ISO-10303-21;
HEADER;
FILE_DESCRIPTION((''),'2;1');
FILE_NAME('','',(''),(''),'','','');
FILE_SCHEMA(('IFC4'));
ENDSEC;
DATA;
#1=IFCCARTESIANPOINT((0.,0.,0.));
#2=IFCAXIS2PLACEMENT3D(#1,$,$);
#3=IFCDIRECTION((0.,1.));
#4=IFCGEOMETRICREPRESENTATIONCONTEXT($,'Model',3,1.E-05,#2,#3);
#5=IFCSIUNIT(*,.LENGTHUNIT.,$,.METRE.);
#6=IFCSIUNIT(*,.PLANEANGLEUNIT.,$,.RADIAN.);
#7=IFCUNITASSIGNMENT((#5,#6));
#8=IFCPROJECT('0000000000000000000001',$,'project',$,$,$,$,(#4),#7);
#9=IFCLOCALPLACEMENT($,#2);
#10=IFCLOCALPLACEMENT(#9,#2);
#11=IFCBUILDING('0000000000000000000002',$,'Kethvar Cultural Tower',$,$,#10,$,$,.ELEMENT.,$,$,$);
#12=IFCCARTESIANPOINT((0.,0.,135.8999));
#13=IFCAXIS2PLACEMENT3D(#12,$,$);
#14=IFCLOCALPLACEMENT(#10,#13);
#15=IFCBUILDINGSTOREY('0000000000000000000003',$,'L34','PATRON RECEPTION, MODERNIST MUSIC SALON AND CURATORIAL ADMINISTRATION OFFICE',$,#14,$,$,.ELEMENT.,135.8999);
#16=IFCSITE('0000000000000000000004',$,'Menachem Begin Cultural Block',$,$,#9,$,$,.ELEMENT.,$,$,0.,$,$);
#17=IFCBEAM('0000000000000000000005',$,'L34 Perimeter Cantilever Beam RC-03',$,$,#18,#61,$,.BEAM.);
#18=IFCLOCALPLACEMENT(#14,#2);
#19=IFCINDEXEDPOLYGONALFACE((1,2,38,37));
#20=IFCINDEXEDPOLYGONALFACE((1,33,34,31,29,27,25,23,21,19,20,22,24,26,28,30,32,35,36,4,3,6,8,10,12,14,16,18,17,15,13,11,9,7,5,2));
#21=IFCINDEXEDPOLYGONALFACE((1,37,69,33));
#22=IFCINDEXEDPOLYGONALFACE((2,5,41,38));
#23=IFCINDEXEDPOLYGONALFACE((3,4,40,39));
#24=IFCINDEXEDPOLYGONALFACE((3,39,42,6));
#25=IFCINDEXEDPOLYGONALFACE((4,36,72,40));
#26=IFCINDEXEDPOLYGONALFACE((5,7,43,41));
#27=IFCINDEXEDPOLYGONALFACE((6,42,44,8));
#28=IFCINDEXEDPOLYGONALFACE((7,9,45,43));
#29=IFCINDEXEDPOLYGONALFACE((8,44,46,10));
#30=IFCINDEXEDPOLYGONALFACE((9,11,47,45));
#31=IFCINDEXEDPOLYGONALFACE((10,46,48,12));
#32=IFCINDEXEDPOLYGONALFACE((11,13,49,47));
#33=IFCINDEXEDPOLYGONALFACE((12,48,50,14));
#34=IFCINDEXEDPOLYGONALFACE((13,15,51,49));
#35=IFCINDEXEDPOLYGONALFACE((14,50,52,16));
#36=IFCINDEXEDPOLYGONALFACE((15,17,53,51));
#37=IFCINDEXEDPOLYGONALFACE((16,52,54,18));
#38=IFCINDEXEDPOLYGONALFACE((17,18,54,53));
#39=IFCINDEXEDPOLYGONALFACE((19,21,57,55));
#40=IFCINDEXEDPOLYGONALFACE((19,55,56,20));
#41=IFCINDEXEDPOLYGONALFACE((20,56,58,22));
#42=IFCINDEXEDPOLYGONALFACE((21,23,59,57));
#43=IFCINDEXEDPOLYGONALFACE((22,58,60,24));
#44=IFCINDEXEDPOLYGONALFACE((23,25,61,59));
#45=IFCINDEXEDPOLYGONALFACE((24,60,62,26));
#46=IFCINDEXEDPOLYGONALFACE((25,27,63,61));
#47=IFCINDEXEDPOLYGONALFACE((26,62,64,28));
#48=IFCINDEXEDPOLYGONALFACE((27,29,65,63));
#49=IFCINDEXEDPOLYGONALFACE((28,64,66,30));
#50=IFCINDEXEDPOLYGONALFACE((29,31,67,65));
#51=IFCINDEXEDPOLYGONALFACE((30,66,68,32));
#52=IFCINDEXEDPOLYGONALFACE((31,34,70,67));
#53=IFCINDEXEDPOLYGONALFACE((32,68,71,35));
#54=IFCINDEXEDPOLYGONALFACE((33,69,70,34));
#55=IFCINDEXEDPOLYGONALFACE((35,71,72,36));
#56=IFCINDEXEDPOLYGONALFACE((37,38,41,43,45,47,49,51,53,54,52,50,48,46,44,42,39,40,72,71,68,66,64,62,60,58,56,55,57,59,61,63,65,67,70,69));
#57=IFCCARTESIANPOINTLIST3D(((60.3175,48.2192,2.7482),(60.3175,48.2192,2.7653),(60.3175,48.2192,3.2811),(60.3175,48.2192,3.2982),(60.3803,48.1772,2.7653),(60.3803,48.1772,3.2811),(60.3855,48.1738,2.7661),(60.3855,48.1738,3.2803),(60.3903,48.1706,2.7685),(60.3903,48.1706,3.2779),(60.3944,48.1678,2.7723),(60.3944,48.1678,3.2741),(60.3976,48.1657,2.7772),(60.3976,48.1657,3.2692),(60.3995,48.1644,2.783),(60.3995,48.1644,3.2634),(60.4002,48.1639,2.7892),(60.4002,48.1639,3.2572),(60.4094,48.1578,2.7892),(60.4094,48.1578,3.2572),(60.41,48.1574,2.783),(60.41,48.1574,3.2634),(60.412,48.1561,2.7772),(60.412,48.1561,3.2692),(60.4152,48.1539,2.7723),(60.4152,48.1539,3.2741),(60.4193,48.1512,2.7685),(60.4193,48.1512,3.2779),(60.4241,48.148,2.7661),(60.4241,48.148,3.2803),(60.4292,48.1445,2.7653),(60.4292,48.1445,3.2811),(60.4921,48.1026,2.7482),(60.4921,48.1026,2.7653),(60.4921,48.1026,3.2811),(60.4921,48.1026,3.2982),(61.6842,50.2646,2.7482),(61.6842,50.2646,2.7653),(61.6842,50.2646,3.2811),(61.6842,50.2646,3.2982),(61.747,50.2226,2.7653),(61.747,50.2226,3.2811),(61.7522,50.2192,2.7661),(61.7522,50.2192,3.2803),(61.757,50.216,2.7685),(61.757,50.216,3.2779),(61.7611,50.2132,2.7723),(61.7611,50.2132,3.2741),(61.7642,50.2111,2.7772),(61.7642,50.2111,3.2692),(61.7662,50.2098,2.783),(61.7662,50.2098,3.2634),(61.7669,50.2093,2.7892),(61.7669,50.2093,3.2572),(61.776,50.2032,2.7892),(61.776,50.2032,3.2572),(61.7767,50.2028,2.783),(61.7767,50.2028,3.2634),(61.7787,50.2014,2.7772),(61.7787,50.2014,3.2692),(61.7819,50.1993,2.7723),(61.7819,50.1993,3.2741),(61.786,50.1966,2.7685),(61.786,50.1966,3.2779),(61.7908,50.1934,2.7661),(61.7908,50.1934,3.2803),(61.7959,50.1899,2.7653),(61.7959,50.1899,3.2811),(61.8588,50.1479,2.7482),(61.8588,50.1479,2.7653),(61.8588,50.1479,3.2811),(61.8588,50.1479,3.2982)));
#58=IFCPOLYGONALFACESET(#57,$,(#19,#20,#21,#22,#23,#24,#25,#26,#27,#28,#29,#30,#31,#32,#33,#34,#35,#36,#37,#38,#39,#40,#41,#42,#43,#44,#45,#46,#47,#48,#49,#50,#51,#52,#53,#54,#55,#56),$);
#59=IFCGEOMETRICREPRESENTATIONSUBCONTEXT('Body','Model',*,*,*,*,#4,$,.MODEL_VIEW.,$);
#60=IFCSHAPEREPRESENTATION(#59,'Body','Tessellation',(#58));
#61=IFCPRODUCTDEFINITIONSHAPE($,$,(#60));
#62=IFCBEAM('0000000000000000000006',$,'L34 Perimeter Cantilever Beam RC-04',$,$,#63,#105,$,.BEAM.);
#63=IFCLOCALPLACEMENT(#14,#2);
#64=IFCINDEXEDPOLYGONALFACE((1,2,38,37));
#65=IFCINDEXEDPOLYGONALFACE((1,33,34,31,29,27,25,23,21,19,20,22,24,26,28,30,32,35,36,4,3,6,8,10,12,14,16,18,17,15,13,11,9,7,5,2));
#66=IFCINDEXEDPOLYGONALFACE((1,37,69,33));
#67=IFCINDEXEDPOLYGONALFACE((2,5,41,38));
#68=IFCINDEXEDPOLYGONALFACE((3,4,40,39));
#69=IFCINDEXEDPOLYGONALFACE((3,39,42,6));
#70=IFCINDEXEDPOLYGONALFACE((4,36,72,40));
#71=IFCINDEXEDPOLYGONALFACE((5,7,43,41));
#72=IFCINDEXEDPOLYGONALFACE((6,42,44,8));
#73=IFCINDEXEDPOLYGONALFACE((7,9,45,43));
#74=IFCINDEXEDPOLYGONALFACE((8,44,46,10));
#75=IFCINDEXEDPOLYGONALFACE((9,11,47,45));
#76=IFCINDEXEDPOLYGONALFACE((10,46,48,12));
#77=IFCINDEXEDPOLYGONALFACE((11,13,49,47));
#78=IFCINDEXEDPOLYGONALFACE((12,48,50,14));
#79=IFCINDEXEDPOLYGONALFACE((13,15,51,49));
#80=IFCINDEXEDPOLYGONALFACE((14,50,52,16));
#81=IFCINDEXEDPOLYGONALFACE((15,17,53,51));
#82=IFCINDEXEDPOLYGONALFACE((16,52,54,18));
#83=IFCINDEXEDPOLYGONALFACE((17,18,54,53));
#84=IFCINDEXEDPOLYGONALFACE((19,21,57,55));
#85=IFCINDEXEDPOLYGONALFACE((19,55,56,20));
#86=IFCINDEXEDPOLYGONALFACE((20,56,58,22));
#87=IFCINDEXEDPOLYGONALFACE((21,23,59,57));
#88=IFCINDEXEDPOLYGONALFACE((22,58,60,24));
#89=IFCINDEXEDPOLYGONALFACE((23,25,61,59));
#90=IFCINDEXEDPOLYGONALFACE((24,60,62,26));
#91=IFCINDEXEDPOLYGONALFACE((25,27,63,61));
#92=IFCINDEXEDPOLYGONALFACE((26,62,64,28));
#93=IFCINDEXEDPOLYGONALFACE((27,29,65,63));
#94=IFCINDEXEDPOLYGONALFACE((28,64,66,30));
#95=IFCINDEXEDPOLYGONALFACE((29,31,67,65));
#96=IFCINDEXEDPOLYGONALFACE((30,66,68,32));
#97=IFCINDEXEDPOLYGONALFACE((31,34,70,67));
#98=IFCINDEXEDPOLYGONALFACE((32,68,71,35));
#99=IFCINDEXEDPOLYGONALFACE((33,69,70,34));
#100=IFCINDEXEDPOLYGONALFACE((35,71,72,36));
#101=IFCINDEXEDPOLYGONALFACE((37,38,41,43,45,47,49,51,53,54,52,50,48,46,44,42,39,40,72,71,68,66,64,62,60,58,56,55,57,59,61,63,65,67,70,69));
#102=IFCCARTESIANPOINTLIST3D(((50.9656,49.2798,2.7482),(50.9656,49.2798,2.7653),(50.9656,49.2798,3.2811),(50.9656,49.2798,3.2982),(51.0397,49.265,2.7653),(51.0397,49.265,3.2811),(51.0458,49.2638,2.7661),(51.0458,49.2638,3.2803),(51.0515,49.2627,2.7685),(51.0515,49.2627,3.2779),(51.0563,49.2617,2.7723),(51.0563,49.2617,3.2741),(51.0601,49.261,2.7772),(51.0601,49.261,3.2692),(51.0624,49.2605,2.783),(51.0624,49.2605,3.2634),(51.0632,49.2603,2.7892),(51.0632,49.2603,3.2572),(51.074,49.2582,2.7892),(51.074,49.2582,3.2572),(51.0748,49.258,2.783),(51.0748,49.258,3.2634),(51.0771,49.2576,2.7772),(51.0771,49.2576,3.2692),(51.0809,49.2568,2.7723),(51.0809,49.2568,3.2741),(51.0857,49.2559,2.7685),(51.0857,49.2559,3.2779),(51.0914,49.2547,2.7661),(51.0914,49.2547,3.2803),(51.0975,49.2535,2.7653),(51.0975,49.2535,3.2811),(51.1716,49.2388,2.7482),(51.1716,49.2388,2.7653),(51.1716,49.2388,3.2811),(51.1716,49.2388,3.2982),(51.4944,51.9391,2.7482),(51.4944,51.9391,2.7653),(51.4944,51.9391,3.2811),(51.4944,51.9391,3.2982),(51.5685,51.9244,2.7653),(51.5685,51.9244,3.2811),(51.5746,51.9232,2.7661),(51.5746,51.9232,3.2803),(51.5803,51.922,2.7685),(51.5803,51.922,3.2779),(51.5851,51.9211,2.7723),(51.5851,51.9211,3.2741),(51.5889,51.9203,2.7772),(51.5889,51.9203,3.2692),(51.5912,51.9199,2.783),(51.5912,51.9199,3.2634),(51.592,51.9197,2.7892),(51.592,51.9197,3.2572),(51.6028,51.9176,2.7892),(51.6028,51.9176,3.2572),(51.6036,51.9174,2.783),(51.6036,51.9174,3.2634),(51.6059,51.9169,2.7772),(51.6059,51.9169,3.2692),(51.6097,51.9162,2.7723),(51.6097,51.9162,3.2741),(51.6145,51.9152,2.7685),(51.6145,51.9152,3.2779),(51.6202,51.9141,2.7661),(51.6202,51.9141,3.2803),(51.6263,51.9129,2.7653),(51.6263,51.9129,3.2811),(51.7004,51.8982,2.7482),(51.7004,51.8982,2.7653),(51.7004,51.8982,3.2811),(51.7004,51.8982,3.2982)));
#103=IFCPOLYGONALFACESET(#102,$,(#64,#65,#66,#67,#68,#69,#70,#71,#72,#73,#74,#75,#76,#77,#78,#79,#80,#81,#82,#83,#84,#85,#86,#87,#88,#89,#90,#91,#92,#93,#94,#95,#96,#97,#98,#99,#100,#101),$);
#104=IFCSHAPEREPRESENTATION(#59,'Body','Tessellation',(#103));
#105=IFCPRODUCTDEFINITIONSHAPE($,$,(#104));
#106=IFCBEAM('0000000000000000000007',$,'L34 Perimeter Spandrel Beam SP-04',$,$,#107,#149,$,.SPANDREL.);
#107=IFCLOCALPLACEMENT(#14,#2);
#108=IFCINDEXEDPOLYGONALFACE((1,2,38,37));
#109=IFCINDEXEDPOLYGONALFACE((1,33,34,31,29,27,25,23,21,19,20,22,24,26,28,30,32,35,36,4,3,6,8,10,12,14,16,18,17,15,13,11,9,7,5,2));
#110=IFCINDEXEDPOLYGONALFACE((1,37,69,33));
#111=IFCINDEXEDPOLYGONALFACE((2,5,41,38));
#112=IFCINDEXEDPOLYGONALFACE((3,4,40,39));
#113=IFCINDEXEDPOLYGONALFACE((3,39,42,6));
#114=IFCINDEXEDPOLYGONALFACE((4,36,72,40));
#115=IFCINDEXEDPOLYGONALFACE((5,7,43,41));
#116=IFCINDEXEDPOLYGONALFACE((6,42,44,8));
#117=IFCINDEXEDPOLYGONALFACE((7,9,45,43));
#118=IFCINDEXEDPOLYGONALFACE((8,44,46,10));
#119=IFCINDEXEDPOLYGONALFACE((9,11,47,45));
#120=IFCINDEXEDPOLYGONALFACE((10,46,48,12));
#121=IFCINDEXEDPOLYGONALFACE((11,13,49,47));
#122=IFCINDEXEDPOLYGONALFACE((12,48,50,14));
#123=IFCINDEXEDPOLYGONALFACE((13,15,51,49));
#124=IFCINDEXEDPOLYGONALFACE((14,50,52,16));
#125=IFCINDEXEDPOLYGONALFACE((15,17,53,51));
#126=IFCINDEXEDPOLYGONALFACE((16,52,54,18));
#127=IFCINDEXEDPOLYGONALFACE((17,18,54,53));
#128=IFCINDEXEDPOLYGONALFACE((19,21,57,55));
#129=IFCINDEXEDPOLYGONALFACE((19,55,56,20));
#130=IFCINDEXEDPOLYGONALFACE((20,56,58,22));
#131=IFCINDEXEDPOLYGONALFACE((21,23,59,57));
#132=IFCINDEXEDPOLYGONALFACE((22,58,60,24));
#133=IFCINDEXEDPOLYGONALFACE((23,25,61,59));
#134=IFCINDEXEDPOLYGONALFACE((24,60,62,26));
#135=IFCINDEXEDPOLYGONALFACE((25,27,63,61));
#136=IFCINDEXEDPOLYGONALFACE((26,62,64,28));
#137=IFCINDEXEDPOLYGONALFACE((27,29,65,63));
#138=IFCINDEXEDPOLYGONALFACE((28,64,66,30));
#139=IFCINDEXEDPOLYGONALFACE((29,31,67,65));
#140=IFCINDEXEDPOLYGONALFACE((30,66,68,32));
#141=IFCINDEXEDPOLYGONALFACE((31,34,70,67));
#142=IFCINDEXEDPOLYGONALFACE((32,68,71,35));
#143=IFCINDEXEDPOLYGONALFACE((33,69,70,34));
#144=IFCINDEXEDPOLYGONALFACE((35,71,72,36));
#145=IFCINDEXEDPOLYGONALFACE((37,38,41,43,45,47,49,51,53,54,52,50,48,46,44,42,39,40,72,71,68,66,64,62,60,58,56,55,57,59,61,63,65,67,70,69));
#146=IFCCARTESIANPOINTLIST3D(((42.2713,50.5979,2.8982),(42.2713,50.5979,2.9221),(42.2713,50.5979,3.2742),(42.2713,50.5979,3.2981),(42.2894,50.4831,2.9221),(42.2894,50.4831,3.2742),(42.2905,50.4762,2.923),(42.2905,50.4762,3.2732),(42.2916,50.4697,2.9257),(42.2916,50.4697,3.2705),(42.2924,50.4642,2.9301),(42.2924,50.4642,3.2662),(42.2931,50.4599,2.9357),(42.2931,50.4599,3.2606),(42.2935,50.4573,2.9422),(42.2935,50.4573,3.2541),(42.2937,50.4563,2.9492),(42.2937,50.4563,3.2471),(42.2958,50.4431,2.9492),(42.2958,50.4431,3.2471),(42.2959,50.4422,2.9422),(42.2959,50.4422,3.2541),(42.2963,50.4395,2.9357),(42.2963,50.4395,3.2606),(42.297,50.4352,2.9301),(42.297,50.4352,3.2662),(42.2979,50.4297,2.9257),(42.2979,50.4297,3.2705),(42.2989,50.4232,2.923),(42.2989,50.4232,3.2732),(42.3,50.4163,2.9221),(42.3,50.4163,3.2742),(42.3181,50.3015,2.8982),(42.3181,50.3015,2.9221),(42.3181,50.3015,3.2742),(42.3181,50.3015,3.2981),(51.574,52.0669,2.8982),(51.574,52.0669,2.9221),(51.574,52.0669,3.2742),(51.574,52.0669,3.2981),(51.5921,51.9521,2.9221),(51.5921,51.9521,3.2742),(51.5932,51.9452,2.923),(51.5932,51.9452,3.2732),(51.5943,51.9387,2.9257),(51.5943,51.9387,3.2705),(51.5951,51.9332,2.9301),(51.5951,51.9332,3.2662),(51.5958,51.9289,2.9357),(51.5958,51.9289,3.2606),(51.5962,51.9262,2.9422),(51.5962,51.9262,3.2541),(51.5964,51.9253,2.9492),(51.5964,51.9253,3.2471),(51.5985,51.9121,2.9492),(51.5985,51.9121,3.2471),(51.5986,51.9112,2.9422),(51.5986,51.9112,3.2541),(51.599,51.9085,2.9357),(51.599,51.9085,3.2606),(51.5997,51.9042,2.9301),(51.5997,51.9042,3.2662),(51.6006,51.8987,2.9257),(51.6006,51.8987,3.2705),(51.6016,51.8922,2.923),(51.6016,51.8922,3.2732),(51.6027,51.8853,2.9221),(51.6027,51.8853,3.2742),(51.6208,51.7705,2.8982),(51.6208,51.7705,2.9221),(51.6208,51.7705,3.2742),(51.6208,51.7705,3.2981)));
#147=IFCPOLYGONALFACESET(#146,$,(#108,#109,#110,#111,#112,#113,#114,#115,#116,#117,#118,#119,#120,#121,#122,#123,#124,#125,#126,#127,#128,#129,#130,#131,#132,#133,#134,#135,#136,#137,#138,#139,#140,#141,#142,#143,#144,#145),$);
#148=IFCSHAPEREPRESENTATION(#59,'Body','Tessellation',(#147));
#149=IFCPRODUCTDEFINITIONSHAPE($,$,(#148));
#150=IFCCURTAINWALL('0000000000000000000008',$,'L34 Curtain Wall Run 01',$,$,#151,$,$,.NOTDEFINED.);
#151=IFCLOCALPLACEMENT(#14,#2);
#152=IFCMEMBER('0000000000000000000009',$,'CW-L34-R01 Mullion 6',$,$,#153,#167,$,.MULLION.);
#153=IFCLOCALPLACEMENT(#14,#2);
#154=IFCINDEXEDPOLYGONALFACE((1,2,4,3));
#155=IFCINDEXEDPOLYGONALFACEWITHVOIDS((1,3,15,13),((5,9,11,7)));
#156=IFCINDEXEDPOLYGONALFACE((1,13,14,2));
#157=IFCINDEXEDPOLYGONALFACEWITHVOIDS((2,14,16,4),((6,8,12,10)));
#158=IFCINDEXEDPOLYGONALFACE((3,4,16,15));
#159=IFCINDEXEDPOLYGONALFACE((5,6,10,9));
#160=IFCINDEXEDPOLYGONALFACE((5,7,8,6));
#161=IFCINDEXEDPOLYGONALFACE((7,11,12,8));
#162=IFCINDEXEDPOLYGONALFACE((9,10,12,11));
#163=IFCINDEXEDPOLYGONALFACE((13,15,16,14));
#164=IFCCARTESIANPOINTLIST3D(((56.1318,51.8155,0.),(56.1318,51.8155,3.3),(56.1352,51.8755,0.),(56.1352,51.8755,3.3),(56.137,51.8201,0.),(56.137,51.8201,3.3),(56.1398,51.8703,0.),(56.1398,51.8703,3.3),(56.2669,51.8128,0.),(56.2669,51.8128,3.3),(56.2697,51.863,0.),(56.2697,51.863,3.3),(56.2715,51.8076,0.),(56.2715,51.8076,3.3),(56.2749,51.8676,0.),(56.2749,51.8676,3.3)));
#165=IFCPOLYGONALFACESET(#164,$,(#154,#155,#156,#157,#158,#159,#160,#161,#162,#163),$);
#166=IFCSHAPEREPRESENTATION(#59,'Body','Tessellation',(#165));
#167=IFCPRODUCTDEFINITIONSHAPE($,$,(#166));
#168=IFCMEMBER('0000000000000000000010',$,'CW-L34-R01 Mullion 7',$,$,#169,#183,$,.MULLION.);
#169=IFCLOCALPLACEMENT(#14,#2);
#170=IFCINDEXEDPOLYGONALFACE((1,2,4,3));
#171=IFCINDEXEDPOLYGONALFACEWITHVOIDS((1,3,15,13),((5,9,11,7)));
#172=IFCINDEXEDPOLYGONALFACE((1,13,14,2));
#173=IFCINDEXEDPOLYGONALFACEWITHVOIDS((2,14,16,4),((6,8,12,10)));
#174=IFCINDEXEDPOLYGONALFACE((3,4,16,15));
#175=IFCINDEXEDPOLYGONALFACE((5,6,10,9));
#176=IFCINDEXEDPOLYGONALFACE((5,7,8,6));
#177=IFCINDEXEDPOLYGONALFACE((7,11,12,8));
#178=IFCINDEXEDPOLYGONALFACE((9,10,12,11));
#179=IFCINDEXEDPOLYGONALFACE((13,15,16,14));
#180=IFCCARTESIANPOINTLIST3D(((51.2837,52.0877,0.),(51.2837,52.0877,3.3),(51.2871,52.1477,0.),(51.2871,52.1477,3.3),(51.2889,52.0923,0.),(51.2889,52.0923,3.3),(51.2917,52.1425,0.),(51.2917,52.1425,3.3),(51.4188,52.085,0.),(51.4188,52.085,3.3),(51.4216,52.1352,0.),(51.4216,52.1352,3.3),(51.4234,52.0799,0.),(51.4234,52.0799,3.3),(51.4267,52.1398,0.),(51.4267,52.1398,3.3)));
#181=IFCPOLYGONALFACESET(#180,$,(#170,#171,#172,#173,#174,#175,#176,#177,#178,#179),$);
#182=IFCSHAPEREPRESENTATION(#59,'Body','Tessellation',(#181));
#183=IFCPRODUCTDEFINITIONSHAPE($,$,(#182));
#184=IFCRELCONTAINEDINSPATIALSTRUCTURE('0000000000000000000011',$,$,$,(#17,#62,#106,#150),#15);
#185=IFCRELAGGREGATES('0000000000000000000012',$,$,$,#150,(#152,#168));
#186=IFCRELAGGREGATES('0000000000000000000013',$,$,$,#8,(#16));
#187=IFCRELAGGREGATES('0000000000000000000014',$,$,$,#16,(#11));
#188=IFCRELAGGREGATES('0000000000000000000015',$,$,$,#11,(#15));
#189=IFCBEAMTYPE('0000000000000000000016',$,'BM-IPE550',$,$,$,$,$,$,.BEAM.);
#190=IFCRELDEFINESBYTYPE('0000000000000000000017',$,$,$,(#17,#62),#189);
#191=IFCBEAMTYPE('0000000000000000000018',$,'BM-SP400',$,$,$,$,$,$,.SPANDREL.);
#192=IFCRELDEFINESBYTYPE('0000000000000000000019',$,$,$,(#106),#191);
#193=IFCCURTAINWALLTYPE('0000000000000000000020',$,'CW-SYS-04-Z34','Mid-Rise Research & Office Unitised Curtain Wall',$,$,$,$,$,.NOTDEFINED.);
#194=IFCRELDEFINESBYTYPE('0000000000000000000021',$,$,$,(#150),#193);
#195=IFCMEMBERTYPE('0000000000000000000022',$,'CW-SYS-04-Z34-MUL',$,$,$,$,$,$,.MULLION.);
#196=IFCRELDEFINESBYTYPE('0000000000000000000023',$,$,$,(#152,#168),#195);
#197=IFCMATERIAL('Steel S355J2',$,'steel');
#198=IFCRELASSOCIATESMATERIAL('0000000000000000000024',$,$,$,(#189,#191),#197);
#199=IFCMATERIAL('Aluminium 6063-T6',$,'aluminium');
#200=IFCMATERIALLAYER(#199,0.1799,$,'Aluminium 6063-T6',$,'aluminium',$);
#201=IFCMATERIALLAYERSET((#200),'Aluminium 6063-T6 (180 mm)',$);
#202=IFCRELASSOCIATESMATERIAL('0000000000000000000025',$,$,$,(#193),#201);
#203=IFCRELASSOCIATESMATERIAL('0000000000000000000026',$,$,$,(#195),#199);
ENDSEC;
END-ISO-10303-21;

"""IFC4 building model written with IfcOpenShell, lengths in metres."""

from ifc_helpers import new_model, si_unit, direction, frame, origin, origin_2d, place, context, subcontext, project, spatial, hollow_rectangle, i_section, extrude, source, transform, mapped, material, layer, layer_set, material_profile, profile_set, type_object, element, aggregate, save


model = new_model("IFC4")

# Units and contexts
model_context = context("Model", 3, precision=1e-05, world=origin(), true_north=direction((0.0, 1.0)))
body_context = subcontext(model_context, "Body", "Model", "MODEL_VIEW")
ifc_project = project(units=[si_unit("LENGTHUNIT", "METRE"), si_unit("PLANEANGLEUNIT", "RADIAN")], contexts=[model_context])

# Site, building, storey
site_placement = place(None, origin())
site = spatial("IfcSite", under=ifc_project, at=site_placement, Name="Menachem Begin Cultural Block", CompositionType="ELEMENT", RefElevation=0.0)
building_placement = place(site_placement, origin())
building = spatial("IfcBuilding", under=site, at=building_placement, Name="Kethvar Cultural Tower", CompositionType="ELEMENT")
storey_placement = place(building_placement, frame((0.0, 0.0, 135.8999)))
storey = spatial("IfcBuildingStorey", under=building, at=storey_placement, Name="L34", Description="PATRON RECEPTION, MODERNIST MUSIC SALON AND CURATORIAL ADMINISTRATION OFFICE", CompositionType="ELEMENT", Elevation=135.8999)

# Beams
ifc_material_1 = material(Name="Steel S355J2", Category="steel")
ifc_material_profile_1 = material_profile(ifc_material_1, i_section(OverallWidth=0.21, OverallDepth=0.55, WebThickness=0.011, FlangeThickness=0.0171, FilletRadius=0.0239, at=origin_2d()), Name="Steel S355J2 — IPE550")
ifc_profile_set_1 = profile_set([ifc_material_profile_1], Name="Steel S355J2 — IPE550")
beam_type_1 = type_object("IfcBeamType", Name="BM-IPE550", PredefinedType="BEAM", material=ifc_profile_set_1)
shared_shape_1 = source(origin(), body_context, "Body", "SweptSolid", [
    extrude(i_section(OverallWidth=0.21, OverallDepth=0.55, WebThickness=0.011, FlangeThickness=0.0171, FilletRadius=0.0239, at=origin_2d()), origin(), (0.0, 0.0, 1.0), 2.46),
])
beam_1_placement = place(storey_placement, frame((60.4048, 48.1609, 3.0232), z_axis=(0.55557, 0.83147, 0.0), x_axis=(-0.83147, 0.55557, 0.0)))
element("IfcBeam", 1, at=beam_1_placement, inside=storey, type_object=beam_type_1, Name="L34 Perimeter Cantilever Beam RC-03", PredefinedType="BEAM", context=body_context, shape_type="MappedRepresentation", body=[
    mapped(shared_shape_1, transform((0.0, 0.0, 0.0), scale=1.0)),
])
shared_shape_2 = source(origin(), body_context, "Body", "SweptSolid", [
    extrude(i_section(OverallWidth=0.21, OverallDepth=0.55, WebThickness=0.011, FlangeThickness=0.0171, FilletRadius=0.0239, at=origin_2d()), origin(), (0.0, 0.0, 1.0), 2.7114),
])
beam_2_placement = place(storey_placement, frame((51.0686, 49.2593, 3.0232), z_axis=(0.195025, 0.980798, 0.0), x_axis=(-0.980798, 0.195025, 0.0)))
element("IfcBeam", 2, at=beam_2_placement, inside=storey, type_object=beam_type_1, Name="L34 Perimeter Cantilever Beam RC-04", PredefinedType="BEAM", context=body_context, shape_type="MappedRepresentation", body=[
    mapped(shared_shape_2, transform((0.0, 0.0, 0.0), scale=1.0)),
])
ifc_material_profile_2 = material_profile(ifc_material_1, i_section(OverallWidth=0.3, OverallDepth=0.3999, WebThickness=0.0134, FlangeThickness=0.0239, FilletRadius=0.0271, at=origin_2d()), Name="Steel S355J2 — HEB400")
ifc_profile_set_2 = profile_set([ifc_material_profile_2], Name="Steel S355J2 — HEB400")
beam_type_2 = type_object("IfcBeamType", Name="BM-SP400", PredefinedType="SPANDREL", material=ifc_profile_set_2)
shared_shape_3 = source(origin(), body_context, "Body", "SweptSolid", [
    extrude(i_section(OverallWidth=0.3, OverallDepth=0.3999, WebThickness=0.0134, FlangeThickness=0.0239, FilletRadius=0.0271, at=origin_2d()), origin(), (0.0, 0.0, 1.0), 9.418),
])
beam_3_placement = place(storey_placement, frame((51.5974, 51.9187, 3.0981), z_axis=(-0.987761, -0.155977, 0.0), x_axis=(0.155977, -0.987761, 0.0)))
element("IfcBeam", 3, at=beam_3_placement, inside=storey, type_object=beam_type_2, Name="L34 Perimeter Spandrel Beam SP-04", PredefinedType="SPANDREL", context=body_context, shape_type="MappedRepresentation", body=[
    mapped(shared_shape_3, transform((0.0, 0.0, 0.0), scale=1.0)),
])

# Curtain wall, members
ifc_material_2 = material(Name="Aluminium 6063-T6", Category="aluminium")
ifc_layer_1 = layer(ifc_material_2, 0.1799, Name="Aluminium 6063-T6", Category="aluminium")
ifc_layer_set_1 = layer_set([ifc_layer_1], Name="Aluminium 6063-T6 (180 mm)")
curtain_wall_type = type_object("IfcCurtainWallType", Name="CW-SYS-04-Z34", Description="Mid-Rise Research & Office Unitised Curtain Wall", PredefinedType="NOTDEFINED", material=ifc_layer_set_1)
curtain_wall_1_placement = place(storey_placement, origin())
curtain_wall_1 = element("IfcCurtainWall", 4, at=curtain_wall_1_placement, inside=storey, type_object=curtain_wall_type, Name="L34 Curtain Wall Run 01", PredefinedType="NOTDEFINED")
ifc_material_profile_3 = material_profile(ifc_material_2, hollow_rectangle(XDim=0.0601, YDim=0.1399, WallThickness=0.0049, at=origin_2d()), Name="Aluminium 6063-T6 — RHS140x60x5")
ifc_profile_set_3 = profile_set([ifc_material_profile_3], Name="Aluminium 6063-T6 — RHS140x60x5")
member_type_1 = type_object("IfcMemberType", Name="CW-SYS-04-Z34-MUL", PredefinedType="MULLION", material=ifc_profile_set_3)
shared_shape_4 = source(origin(), body_context, "Body", "SweptSolid", [
    extrude(hollow_rectangle(XDim=0.0601, YDim=0.1399, WallThickness=0.0049, at=origin_2d()), origin(), (0.0, 0.0, 1.0), 3.3),
])
member_1_placement = place(storey_placement, frame((56.2034, 51.8416, 0.0), z_axis=(0.0, 0.0, 1.0), x_axis=(-0.056083, -0.998426, 0.0)))
member_1 = element("IfcMember", 5, at=member_1_placement, type_object=member_type_1, Name="CW-L34-R01 Mullion 6", PredefinedType="MULLION", context=body_context, shape_type="MappedRepresentation", body=[
    mapped(shared_shape_4, transform((0.0, 0.0, 0.0), scale=1.0)),
])
member_2_placement = place(storey_placement, frame((51.3552, 52.1138, 0.0), z_axis=(0.0, 0.0, 1.0), x_axis=(-0.056083, -0.998426, 0.0)))
member_2 = element("IfcMember", 6, at=member_2_placement, type_object=member_type_1, Name="CW-L34-R01 Mullion 7", PredefinedType="MULLION", context=body_context, shape_type="MappedRepresentation", body=[
    mapped(shared_shape_4, transform((0.0, 0.0, 0.0), scale=1.0)),
])

aggregate(curtain_wall_1, [member_1, member_2])

save(model, "model.ifc")
